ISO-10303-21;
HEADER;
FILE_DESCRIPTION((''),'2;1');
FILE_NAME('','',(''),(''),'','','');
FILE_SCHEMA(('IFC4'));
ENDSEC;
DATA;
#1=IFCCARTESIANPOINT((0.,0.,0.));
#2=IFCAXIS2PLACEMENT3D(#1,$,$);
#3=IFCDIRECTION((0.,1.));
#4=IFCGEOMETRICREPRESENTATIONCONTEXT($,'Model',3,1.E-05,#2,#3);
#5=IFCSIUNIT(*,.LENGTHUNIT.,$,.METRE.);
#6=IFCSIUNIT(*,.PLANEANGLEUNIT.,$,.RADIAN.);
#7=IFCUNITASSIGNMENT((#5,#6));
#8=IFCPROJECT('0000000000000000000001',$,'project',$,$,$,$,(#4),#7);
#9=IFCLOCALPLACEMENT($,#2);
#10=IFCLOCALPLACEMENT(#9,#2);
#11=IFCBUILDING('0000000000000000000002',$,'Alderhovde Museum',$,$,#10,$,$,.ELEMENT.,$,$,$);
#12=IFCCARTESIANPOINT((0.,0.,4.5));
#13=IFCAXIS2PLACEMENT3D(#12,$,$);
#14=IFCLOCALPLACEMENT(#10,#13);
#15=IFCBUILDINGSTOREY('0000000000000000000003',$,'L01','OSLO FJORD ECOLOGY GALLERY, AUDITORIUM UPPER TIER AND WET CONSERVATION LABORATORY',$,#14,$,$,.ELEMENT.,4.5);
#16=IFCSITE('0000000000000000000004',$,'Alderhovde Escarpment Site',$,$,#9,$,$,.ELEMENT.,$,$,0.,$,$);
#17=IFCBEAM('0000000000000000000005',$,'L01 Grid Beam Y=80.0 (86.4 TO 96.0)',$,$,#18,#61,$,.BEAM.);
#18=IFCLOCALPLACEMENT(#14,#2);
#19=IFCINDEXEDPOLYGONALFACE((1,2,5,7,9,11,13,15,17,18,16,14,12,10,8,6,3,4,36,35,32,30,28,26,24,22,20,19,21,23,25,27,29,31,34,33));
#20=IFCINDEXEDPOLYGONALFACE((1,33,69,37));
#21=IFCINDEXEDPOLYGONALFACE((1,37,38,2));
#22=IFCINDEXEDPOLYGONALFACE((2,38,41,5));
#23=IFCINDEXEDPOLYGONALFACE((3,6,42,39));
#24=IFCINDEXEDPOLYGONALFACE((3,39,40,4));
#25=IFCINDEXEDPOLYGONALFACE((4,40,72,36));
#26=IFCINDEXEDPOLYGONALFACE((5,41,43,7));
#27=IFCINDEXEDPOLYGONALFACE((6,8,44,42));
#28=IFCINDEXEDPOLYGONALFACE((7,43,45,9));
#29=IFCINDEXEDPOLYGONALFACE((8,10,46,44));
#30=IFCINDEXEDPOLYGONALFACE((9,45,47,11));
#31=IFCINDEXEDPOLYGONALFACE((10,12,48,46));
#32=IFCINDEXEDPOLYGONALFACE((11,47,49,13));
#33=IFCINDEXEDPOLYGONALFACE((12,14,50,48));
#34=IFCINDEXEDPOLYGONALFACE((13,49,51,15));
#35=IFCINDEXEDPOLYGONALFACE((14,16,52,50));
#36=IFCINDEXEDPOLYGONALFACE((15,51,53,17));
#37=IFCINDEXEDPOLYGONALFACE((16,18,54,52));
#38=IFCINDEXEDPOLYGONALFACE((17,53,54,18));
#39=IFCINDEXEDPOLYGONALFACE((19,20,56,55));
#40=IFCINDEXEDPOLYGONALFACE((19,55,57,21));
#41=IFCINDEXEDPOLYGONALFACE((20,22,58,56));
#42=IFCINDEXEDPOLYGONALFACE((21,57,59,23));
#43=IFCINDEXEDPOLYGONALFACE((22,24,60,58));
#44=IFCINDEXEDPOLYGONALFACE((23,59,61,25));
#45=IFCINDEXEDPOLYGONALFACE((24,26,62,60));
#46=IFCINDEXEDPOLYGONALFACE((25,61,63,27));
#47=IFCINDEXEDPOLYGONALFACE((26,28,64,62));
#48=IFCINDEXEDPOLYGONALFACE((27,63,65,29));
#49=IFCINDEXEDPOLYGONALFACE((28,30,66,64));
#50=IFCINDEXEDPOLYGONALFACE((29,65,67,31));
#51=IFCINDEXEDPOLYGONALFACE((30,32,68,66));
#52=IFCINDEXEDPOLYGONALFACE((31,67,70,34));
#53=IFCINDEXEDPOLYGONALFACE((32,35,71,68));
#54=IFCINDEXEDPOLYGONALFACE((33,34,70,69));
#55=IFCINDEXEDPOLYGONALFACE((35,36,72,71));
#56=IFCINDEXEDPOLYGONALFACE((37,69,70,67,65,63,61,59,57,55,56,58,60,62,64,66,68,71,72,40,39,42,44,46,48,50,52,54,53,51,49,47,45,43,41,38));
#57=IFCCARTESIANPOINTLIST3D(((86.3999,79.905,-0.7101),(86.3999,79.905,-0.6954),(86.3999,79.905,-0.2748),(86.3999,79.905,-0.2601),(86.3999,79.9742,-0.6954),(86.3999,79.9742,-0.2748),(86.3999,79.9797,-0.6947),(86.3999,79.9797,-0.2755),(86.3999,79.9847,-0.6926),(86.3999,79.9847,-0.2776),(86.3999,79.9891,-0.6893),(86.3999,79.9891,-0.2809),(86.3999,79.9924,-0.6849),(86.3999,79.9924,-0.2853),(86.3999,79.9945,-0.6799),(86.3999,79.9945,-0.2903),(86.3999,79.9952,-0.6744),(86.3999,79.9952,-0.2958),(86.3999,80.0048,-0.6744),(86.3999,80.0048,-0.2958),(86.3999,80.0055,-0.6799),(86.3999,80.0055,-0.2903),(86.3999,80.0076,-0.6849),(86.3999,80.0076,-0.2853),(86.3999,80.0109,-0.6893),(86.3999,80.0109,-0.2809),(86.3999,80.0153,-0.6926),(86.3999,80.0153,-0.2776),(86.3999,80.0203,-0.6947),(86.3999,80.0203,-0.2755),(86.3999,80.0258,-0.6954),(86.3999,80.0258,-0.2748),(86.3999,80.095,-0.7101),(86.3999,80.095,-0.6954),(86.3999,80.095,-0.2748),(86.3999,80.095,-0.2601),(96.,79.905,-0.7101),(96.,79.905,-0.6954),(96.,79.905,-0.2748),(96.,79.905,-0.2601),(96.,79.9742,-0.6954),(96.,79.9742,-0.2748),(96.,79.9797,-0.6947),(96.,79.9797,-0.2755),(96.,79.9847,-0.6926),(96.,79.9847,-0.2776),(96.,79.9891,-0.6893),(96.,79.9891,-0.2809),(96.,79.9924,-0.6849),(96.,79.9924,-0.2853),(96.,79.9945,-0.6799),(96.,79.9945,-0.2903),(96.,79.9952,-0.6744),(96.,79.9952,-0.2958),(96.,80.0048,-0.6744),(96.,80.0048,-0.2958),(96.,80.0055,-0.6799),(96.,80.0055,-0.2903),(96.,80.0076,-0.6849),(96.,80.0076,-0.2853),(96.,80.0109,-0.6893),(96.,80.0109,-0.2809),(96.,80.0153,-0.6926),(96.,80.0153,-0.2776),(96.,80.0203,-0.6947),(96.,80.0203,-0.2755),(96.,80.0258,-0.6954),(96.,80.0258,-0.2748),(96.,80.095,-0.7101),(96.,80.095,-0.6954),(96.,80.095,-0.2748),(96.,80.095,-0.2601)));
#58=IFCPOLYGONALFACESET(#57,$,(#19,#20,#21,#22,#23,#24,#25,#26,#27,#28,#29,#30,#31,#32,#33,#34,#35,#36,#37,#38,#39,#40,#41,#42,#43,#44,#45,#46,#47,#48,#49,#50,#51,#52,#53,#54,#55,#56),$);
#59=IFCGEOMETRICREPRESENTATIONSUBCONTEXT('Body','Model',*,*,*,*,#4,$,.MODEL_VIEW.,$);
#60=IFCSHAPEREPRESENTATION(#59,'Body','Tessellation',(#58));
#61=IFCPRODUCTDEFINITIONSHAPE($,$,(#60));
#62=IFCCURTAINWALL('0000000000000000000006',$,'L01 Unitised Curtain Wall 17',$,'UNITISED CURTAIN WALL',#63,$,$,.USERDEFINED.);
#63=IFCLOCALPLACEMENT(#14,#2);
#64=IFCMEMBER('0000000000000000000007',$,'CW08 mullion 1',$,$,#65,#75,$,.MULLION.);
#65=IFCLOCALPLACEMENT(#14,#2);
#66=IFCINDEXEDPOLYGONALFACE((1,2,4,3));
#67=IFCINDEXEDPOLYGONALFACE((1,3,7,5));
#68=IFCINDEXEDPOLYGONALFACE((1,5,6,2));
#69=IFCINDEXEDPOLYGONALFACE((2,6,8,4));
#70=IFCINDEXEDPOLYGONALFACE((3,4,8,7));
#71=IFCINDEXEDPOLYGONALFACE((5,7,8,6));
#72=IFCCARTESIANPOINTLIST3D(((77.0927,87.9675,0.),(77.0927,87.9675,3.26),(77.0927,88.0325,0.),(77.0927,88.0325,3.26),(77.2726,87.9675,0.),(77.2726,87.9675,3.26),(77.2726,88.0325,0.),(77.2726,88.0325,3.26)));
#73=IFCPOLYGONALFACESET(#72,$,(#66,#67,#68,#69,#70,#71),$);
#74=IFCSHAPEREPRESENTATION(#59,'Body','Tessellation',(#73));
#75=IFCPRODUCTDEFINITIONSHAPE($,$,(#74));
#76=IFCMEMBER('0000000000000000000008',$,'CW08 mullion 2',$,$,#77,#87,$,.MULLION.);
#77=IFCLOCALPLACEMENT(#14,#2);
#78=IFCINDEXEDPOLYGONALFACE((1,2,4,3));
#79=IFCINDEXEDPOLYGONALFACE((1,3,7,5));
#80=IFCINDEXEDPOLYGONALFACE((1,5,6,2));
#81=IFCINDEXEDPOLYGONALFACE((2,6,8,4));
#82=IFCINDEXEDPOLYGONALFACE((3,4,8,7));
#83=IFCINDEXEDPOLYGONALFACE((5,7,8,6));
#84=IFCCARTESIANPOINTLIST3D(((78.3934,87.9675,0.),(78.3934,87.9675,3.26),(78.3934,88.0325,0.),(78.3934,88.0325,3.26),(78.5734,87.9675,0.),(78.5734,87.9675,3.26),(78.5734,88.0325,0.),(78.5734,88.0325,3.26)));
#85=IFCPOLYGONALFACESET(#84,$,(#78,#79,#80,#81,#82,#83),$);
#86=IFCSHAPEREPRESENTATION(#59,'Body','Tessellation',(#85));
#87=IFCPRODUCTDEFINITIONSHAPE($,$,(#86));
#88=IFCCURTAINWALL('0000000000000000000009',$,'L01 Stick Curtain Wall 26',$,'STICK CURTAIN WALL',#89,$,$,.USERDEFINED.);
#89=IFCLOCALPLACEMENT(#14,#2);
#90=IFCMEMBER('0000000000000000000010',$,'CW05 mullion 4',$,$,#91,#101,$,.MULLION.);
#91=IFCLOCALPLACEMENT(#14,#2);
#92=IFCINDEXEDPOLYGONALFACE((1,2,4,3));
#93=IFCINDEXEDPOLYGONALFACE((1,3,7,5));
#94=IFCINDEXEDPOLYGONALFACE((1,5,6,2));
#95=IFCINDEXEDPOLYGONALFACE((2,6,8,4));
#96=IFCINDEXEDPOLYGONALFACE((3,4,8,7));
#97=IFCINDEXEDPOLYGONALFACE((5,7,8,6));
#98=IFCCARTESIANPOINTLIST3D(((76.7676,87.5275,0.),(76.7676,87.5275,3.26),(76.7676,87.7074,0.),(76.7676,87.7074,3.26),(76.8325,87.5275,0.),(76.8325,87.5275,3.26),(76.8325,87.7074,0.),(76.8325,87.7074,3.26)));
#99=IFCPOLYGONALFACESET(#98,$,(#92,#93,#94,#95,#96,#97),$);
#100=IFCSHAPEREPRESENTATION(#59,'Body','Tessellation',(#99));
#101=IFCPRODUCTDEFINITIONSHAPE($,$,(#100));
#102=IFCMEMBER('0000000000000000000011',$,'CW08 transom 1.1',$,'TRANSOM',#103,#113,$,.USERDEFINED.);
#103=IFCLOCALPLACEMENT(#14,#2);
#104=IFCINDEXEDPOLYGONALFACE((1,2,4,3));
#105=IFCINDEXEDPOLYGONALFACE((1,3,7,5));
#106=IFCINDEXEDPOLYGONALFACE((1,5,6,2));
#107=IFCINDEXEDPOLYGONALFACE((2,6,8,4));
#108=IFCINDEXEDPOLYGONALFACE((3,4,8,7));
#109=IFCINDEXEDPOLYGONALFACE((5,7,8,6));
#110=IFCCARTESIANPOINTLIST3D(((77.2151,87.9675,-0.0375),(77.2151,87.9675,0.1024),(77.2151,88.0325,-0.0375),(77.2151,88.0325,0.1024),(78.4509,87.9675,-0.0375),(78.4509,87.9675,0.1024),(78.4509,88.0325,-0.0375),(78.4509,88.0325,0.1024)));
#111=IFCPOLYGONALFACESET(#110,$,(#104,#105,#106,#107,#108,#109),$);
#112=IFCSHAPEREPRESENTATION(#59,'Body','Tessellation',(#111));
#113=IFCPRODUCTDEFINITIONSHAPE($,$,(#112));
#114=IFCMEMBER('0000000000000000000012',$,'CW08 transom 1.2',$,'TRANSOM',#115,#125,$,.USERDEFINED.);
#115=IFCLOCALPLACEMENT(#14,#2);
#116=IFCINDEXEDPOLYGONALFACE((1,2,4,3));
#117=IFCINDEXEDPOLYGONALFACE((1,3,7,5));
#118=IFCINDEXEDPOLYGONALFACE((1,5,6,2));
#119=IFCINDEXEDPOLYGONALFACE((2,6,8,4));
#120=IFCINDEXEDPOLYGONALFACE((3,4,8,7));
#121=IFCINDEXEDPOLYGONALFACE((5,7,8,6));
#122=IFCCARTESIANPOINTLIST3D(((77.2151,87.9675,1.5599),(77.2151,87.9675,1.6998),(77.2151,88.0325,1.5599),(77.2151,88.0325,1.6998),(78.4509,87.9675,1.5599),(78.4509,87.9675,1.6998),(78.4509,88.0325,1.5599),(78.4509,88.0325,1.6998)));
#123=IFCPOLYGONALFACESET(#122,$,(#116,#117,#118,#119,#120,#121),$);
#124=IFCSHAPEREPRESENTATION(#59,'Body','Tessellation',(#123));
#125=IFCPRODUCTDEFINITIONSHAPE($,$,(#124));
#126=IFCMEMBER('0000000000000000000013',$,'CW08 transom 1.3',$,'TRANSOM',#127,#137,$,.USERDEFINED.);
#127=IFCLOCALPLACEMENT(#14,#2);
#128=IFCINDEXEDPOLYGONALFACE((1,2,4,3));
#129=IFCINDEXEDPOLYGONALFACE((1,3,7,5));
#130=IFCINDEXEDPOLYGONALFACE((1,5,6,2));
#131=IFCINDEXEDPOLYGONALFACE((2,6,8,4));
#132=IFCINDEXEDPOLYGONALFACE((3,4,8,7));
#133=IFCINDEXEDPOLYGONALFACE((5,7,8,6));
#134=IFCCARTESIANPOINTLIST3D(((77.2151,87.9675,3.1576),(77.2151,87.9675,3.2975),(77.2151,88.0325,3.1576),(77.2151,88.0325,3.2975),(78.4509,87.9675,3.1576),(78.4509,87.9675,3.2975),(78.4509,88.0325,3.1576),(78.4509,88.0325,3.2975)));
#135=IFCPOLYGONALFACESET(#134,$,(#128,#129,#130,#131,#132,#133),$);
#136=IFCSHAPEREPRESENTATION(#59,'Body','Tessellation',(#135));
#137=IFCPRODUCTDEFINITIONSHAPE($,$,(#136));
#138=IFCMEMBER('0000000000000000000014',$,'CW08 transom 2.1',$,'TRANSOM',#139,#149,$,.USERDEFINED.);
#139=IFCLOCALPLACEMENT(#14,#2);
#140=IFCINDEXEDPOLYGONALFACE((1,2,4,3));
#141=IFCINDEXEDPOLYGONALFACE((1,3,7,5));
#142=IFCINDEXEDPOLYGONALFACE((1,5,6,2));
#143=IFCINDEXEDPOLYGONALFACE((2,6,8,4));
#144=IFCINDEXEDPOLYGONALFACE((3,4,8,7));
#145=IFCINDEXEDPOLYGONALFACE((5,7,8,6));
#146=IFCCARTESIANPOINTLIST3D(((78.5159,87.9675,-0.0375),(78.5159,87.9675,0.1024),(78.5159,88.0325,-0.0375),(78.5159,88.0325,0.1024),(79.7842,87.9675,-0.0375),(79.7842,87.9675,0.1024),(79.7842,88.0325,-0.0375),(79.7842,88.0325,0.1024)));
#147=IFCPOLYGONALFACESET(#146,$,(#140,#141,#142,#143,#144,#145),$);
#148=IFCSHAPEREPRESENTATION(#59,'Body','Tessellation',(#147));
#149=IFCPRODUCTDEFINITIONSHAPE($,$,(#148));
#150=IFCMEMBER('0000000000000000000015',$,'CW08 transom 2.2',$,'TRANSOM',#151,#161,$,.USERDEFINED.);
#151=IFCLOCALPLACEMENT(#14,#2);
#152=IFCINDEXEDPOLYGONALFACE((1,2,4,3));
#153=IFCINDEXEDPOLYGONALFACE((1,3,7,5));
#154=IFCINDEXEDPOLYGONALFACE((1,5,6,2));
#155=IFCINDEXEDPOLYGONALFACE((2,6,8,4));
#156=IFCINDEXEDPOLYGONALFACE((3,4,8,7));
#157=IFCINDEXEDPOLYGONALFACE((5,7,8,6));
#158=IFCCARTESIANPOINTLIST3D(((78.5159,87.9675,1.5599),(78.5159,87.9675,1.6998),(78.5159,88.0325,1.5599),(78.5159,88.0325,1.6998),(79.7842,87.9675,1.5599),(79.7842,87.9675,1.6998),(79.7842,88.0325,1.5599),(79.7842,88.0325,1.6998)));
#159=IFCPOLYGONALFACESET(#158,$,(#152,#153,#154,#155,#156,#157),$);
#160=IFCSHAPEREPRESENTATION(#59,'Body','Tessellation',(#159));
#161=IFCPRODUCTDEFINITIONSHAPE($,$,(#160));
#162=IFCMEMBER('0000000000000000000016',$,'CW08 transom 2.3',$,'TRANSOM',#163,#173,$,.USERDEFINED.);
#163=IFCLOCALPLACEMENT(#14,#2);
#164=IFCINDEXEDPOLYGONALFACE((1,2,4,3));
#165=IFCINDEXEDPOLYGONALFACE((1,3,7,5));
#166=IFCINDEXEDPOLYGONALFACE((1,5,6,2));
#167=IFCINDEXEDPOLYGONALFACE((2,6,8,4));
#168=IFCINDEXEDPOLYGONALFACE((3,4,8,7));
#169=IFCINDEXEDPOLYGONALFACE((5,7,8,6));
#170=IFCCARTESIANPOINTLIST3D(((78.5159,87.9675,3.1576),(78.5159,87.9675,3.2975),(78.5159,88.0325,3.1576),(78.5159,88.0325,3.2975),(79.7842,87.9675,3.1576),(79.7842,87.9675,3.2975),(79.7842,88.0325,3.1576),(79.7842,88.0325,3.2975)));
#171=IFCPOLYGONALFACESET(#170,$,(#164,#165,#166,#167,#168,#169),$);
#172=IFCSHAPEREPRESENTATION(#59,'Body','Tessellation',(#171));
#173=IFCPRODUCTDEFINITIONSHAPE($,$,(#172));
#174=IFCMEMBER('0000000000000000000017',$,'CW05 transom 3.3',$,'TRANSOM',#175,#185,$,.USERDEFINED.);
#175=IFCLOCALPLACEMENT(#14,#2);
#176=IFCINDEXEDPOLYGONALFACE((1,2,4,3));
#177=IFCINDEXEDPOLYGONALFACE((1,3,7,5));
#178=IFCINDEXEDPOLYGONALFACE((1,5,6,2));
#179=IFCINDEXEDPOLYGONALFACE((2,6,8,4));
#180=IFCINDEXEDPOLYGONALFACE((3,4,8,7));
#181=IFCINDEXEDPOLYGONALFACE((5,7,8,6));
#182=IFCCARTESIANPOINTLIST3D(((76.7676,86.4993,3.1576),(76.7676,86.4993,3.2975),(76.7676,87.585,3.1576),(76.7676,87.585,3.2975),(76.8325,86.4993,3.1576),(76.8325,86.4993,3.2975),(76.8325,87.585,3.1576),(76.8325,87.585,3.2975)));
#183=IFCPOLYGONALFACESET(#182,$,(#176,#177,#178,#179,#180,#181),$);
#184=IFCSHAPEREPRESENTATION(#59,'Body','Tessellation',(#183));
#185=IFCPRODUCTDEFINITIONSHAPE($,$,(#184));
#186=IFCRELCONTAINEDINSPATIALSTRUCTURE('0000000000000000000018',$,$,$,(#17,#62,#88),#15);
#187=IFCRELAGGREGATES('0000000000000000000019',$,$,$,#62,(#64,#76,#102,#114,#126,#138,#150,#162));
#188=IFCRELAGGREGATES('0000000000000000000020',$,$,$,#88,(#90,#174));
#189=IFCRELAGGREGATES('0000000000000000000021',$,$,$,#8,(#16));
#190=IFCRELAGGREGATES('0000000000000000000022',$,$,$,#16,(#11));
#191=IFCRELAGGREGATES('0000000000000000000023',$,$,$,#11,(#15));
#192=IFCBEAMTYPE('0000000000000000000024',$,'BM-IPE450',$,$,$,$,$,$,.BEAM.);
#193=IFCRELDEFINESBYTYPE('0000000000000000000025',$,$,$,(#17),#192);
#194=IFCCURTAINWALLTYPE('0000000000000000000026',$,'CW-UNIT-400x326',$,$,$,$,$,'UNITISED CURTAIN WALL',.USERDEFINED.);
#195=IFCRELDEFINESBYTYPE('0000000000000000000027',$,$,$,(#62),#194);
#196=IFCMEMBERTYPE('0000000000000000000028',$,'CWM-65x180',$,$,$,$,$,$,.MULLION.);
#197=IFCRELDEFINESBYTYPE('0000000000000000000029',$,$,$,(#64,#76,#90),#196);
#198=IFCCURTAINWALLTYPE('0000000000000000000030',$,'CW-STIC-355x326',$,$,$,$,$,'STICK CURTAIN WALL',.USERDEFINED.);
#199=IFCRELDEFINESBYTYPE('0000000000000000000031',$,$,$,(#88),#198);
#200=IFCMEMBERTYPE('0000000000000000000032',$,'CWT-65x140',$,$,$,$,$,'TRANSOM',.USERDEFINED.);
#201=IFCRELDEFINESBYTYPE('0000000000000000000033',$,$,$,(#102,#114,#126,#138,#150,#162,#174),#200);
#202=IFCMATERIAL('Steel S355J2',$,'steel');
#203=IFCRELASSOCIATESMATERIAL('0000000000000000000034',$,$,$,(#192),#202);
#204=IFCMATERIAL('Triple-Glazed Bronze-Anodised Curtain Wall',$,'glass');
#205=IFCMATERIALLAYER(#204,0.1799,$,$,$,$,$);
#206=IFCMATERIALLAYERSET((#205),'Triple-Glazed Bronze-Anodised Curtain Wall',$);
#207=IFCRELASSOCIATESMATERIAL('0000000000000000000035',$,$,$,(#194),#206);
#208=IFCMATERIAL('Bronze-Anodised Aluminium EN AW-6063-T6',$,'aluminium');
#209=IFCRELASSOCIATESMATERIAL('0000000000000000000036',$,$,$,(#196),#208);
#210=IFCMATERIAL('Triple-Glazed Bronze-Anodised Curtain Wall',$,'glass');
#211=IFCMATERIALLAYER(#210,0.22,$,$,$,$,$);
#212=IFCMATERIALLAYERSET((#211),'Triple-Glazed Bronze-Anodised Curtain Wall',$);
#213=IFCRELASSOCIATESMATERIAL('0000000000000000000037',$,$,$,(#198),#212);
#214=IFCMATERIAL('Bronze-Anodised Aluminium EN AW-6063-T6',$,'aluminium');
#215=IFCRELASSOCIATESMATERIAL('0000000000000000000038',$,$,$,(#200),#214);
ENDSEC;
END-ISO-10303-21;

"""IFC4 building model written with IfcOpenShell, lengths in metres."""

from ifc_helpers import new_model, si_unit, direction, frame, origin, origin_2d, place, context, subcontext, project, spatial, rectangle, i_section, extrude, material, layer, layer_set, material_profile, profile_set, type_object, element, aggregate, save


model = new_model("IFC4")

# Units and contexts
model_context = context("Model", 3, precision=1e-05, world=origin(), true_north=direction((0.0, 1.0)))
body_context = subcontext(model_context, "Body", "Model", "MODEL_VIEW")
ifc_project = project(units=[si_unit("LENGTHUNIT", "METRE"), si_unit("PLANEANGLEUNIT", "RADIAN")], contexts=[model_context])

# Site, building, storey
site_placement = place(None, origin())
site = spatial("IfcSite", under=ifc_project, at=site_placement, Name="Alderhovde Escarpment Site", CompositionType="ELEMENT", RefElevation=0.0)
building_placement = place(site_placement, origin())
building = spatial("IfcBuilding", under=site, at=building_placement, Name="Alderhovde Museum", CompositionType="ELEMENT")
storey_placement = place(building_placement, frame((0.0, 0.0, 4.5)))
storey = spatial("IfcBuildingStorey", under=building, at=storey_placement, Name="L01", Description="OSLO FJORD ECOLOGY GALLERY, AUDITORIUM UPPER TIER AND WET CONSERVATION LABORATORY", CompositionType="ELEMENT", Elevation=4.5)

# Beam
ifc_material_1 = material(Name="Steel S355J2", Category="steel")
ifc_material_profile_1 = material_profile(ifc_material_1, i_section(OverallWidth=0.1899, OverallDepth=0.45, WebThickness=0.0095, FlangeThickness=0.0146, FilletRadius=0.021, at=origin_2d()), Name="IPE 450")
ifc_profile_set_1 = profile_set([ifc_material_profile_1], Name="Steel S355J2")
beam_type_1 = type_object("IfcBeamType", Name="BM-IPE450", PredefinedType="BEAM", material=ifc_profile_set_1)
beam_1_placement = place(storey_placement, frame((86.3999, 80.0, -0.4851), z_axis=(1.0, 0.0, 0.0), x_axis=(0.0, 1.0, 0.0)))
element("IfcBeam", 1, at=beam_1_placement, inside=storey, type_object=beam_type_1, Name="L01 Grid Beam Y=80.0 (86.4 TO 96.0)", PredefinedType="BEAM", context=body_context, shape_type="SweptSolid", body=[
    extrude(i_section(OverallWidth=0.1899, OverallDepth=0.45, WebThickness=0.0095, FlangeThickness=0.0146, FilletRadius=0.021, at=origin_2d()), origin(), (0.0, 0.0, 1.0), 9.6001),
])

# Curtain wall, members
ifc_material_2 = material(Name="Triple-Glazed Bronze-Anodised Curtain Wall", Category="glass")
ifc_layer_1 = layer(ifc_material_2, 0.1799)
ifc_layer_set_1 = layer_set([ifc_layer_1], Name="Triple-Glazed Bronze-Anodised Curtain Wall")
curtain_wall_type_1 = type_object("IfcCurtainWallType", Name="CW-UNIT-400x326", ElementType="UNITISED CURTAIN WALL", PredefinedType="USERDEFINED", material=ifc_layer_set_1)
curtain_wall_1_placement = place(storey_placement, origin())
curtain_wall_1 = element("IfcCurtainWall", 2, at=curtain_wall_1_placement, inside=storey, type_object=curtain_wall_type_1, Name="L01 Unitised Curtain Wall 17", ObjectType="UNITISED CURTAIN WALL", PredefinedType="USERDEFINED")
ifc_material_3 = material(Name="Bronze-Anodised Aluminium EN AW-6063-T6", Category="aluminium")
ifc_material_profile_2 = material_profile(ifc_material_3, rectangle(XDim=0.0649, YDim=0.1799, at=origin_2d()), Name="MULLION 65x180")
ifc_profile_set_2 = profile_set([ifc_material_profile_2], Name="Bronze-Anodised Aluminium EN AW-6063-T6")
member_type_1 = type_object("IfcMemberType", Name="CWM-65x180", PredefinedType="MULLION", material=ifc_profile_set_2)
member_1_placement = place(storey_placement, frame((77.1826, 88.0, 0.0), z_axis=(0.0, 0.0, 1.0), x_axis=(0.0, 1.0, 0.0)))
member_1 = element("IfcMember", 3, at=member_1_placement, type_object=member_type_1, Name="CW08 mullion 1", PredefinedType="MULLION", context=body_context, shape_type="SweptSolid", body=[
    extrude(rectangle(XDim=0.0649, YDim=0.1799, at=origin_2d()), origin(), (0.0, 0.0, 1.0), 3.26),
])
member_2_placement = place(storey_placement, frame((78.4834, 88.0, 0.0), z_axis=(0.0, 0.0, 1.0), x_axis=(0.0, 1.0, 0.0)))
member_2 = element("IfcMember", 4, at=member_2_placement, type_object=member_type_1, Name="CW08 mullion 2", PredefinedType="MULLION", context=body_context, shape_type="SweptSolid", body=[
    extrude(rectangle(XDim=0.0649, YDim=0.1799, at=origin_2d()), origin(), (0.0, 0.0, 1.0), 3.26),
])

# Curtain wall, member
ifc_material_4 = material(Name="Triple-Glazed Bronze-Anodised Curtain Wall", Category="glass")
ifc_layer_2 = layer(ifc_material_4, 0.22)
ifc_layer_set_2 = layer_set([ifc_layer_2], Name="Triple-Glazed Bronze-Anodised Curtain Wall")
curtain_wall_type_2 = type_object("IfcCurtainWallType", Name="CW-STIC-355x326", ElementType="STICK CURTAIN WALL", PredefinedType="USERDEFINED", material=ifc_layer_set_2)
curtain_wall_2_placement = place(storey_placement, origin())
curtain_wall_2 = element("IfcCurtainWall", 5, at=curtain_wall_2_placement, inside=storey, type_object=curtain_wall_type_2, Name="L01 Stick Curtain Wall 26", ObjectType="STICK CURTAIN WALL", PredefinedType="USERDEFINED")
member_3_placement = place(storey_placement, frame((76.8, 87.6174, 0.0), z_axis=(0.0, 0.0, 1.0), x_axis=(-1.0, 0.0, 0.0)))
member_3 = element("IfcMember", 6, at=member_3_placement, type_object=member_type_1, Name="CW05 mullion 4", PredefinedType="MULLION", context=body_context, shape_type="SweptSolid", body=[
    extrude(rectangle(XDim=0.0649, YDim=0.1799, at=origin_2d()), origin(), (0.0, 0.0, 1.0), 3.26),
])

# Members
ifc_material_5 = material(Name="Bronze-Anodised Aluminium EN AW-6063-T6", Category="aluminium")
ifc_material_profile_3 = material_profile(ifc_material_5, rectangle(XDim=0.0649, YDim=0.1399, at=origin_2d()), Name="TRANSOM 65x140")
ifc_profile_set_3 = profile_set([ifc_material_profile_3], Name="Bronze-Anodised Aluminium EN AW-6063-T6")
member_type_2 = type_object("IfcMemberType", Name="CWT-65x140", ElementType="TRANSOM", PredefinedType="USERDEFINED", material=ifc_profile_set_3)
member_4_placement = place(storey_placement, frame((77.2151, 88.0, 0.0325), z_axis=(1.0, 0.0, 0.0), x_axis=(0.0, 1.0, 0.0)))
member_4 = element("IfcMember", 7, at=member_4_placement, type_object=member_type_2, Name="CW08 transom 1.1", ObjectType="TRANSOM", PredefinedType="USERDEFINED", context=body_context, shape_type="SweptSolid", body=[
    extrude(rectangle(XDim=0.0649, YDim=0.1399, at=origin_2d()), origin(), (0.0, 0.0, 1.0), 1.2358),
])
member_5_placement = place(storey_placement, frame((77.2151, 88.0, 1.6299), z_axis=(1.0, 0.0, 0.0), x_axis=(0.0, 1.0, 0.0)))
member_5 = element("IfcMember", 8, at=member_5_placement, type_object=member_type_2, Name="CW08 transom 1.2", ObjectType="TRANSOM", PredefinedType="USERDEFINED", context=body_context, shape_type="SweptSolid", body=[
    extrude(rectangle(XDim=0.0649, YDim=0.1399, at=origin_2d()), origin(), (0.0, 0.0, 1.0), 1.2358),
])
member_6_placement = place(storey_placement, frame((77.2151, 88.0, 3.2275), z_axis=(1.0, 0.0, 0.0), x_axis=(0.0, 1.0, 0.0)))
member_6 = element("IfcMember", 9, at=member_6_placement, type_object=member_type_2, Name="CW08 transom 1.3", ObjectType="TRANSOM", PredefinedType="USERDEFINED", context=body_context, shape_type="SweptSolid", body=[
    extrude(rectangle(XDim=0.0649, YDim=0.1399, at=origin_2d()), origin(), (0.0, 0.0, 1.0), 1.2358),
])
member_7_placement = place(storey_placement, frame((78.5159, 88.0, 0.0325), z_axis=(1.0, 0.0, 0.0), x_axis=(0.0, 1.0, 0.0)))
member_7 = element("IfcMember", 10, at=member_7_placement, type_object=member_type_2, Name="CW08 transom 2.1", ObjectType="TRANSOM", PredefinedType="USERDEFINED", context=body_context, shape_type="SweptSolid", body=[
    extrude(rectangle(XDim=0.0649, YDim=0.1399, at=origin_2d()), origin(), (0.0, 0.0, 1.0), 1.2683),
])
member_8_placement = place(storey_placement, frame((78.5159, 88.0, 1.6299), z_axis=(1.0, 0.0, 0.0), x_axis=(0.0, 1.0, 0.0)))
member_8 = element("IfcMember", 11, at=member_8_placement, type_object=member_type_2, Name="CW08 transom 2.2", ObjectType="TRANSOM", PredefinedType="USERDEFINED", context=body_context, shape_type="SweptSolid", body=[
    extrude(rectangle(XDim=0.0649, YDim=0.1399, at=origin_2d()), origin(), (0.0, 0.0, 1.0), 1.2683),
])
member_9_placement = place(storey_placement, frame((78.5159, 88.0, 3.2275), z_axis=(1.0, 0.0, 0.0), x_axis=(0.0, 1.0, 0.0)))
member_9 = element("IfcMember", 12, at=member_9_placement, type_object=member_type_2, Name="CW08 transom 2.3", ObjectType="TRANSOM", PredefinedType="USERDEFINED", context=body_context, shape_type="SweptSolid", body=[
    extrude(rectangle(XDim=0.0649, YDim=0.1399, at=origin_2d()), origin(), (0.0, 0.0, 1.0), 1.2683),
])
member_10_placement = place(storey_placement, frame((76.8, 86.4993, 3.2275), z_axis=(0.0, 1.0, 0.0), x_axis=(-1.0, 0.0, 0.0)))
member_10 = element("IfcMember", 13, at=member_10_placement, type_object=member_type_2, Name="CW05 transom 3.3", ObjectType="TRANSOM", PredefinedType="USERDEFINED", context=body_context, shape_type="SweptSolid", body=[
    extrude(rectangle(XDim=0.0649, YDim=0.1399, at=origin_2d()), origin(), (0.0, 0.0, 1.0), 1.0857),
])

aggregate(curtain_wall_1, [member_1, member_2, member_4, member_5, member_6, member_7, member_8, member_9])
aggregate(curtain_wall_2, [member_3, member_10])

save(model, "model.ifc")
